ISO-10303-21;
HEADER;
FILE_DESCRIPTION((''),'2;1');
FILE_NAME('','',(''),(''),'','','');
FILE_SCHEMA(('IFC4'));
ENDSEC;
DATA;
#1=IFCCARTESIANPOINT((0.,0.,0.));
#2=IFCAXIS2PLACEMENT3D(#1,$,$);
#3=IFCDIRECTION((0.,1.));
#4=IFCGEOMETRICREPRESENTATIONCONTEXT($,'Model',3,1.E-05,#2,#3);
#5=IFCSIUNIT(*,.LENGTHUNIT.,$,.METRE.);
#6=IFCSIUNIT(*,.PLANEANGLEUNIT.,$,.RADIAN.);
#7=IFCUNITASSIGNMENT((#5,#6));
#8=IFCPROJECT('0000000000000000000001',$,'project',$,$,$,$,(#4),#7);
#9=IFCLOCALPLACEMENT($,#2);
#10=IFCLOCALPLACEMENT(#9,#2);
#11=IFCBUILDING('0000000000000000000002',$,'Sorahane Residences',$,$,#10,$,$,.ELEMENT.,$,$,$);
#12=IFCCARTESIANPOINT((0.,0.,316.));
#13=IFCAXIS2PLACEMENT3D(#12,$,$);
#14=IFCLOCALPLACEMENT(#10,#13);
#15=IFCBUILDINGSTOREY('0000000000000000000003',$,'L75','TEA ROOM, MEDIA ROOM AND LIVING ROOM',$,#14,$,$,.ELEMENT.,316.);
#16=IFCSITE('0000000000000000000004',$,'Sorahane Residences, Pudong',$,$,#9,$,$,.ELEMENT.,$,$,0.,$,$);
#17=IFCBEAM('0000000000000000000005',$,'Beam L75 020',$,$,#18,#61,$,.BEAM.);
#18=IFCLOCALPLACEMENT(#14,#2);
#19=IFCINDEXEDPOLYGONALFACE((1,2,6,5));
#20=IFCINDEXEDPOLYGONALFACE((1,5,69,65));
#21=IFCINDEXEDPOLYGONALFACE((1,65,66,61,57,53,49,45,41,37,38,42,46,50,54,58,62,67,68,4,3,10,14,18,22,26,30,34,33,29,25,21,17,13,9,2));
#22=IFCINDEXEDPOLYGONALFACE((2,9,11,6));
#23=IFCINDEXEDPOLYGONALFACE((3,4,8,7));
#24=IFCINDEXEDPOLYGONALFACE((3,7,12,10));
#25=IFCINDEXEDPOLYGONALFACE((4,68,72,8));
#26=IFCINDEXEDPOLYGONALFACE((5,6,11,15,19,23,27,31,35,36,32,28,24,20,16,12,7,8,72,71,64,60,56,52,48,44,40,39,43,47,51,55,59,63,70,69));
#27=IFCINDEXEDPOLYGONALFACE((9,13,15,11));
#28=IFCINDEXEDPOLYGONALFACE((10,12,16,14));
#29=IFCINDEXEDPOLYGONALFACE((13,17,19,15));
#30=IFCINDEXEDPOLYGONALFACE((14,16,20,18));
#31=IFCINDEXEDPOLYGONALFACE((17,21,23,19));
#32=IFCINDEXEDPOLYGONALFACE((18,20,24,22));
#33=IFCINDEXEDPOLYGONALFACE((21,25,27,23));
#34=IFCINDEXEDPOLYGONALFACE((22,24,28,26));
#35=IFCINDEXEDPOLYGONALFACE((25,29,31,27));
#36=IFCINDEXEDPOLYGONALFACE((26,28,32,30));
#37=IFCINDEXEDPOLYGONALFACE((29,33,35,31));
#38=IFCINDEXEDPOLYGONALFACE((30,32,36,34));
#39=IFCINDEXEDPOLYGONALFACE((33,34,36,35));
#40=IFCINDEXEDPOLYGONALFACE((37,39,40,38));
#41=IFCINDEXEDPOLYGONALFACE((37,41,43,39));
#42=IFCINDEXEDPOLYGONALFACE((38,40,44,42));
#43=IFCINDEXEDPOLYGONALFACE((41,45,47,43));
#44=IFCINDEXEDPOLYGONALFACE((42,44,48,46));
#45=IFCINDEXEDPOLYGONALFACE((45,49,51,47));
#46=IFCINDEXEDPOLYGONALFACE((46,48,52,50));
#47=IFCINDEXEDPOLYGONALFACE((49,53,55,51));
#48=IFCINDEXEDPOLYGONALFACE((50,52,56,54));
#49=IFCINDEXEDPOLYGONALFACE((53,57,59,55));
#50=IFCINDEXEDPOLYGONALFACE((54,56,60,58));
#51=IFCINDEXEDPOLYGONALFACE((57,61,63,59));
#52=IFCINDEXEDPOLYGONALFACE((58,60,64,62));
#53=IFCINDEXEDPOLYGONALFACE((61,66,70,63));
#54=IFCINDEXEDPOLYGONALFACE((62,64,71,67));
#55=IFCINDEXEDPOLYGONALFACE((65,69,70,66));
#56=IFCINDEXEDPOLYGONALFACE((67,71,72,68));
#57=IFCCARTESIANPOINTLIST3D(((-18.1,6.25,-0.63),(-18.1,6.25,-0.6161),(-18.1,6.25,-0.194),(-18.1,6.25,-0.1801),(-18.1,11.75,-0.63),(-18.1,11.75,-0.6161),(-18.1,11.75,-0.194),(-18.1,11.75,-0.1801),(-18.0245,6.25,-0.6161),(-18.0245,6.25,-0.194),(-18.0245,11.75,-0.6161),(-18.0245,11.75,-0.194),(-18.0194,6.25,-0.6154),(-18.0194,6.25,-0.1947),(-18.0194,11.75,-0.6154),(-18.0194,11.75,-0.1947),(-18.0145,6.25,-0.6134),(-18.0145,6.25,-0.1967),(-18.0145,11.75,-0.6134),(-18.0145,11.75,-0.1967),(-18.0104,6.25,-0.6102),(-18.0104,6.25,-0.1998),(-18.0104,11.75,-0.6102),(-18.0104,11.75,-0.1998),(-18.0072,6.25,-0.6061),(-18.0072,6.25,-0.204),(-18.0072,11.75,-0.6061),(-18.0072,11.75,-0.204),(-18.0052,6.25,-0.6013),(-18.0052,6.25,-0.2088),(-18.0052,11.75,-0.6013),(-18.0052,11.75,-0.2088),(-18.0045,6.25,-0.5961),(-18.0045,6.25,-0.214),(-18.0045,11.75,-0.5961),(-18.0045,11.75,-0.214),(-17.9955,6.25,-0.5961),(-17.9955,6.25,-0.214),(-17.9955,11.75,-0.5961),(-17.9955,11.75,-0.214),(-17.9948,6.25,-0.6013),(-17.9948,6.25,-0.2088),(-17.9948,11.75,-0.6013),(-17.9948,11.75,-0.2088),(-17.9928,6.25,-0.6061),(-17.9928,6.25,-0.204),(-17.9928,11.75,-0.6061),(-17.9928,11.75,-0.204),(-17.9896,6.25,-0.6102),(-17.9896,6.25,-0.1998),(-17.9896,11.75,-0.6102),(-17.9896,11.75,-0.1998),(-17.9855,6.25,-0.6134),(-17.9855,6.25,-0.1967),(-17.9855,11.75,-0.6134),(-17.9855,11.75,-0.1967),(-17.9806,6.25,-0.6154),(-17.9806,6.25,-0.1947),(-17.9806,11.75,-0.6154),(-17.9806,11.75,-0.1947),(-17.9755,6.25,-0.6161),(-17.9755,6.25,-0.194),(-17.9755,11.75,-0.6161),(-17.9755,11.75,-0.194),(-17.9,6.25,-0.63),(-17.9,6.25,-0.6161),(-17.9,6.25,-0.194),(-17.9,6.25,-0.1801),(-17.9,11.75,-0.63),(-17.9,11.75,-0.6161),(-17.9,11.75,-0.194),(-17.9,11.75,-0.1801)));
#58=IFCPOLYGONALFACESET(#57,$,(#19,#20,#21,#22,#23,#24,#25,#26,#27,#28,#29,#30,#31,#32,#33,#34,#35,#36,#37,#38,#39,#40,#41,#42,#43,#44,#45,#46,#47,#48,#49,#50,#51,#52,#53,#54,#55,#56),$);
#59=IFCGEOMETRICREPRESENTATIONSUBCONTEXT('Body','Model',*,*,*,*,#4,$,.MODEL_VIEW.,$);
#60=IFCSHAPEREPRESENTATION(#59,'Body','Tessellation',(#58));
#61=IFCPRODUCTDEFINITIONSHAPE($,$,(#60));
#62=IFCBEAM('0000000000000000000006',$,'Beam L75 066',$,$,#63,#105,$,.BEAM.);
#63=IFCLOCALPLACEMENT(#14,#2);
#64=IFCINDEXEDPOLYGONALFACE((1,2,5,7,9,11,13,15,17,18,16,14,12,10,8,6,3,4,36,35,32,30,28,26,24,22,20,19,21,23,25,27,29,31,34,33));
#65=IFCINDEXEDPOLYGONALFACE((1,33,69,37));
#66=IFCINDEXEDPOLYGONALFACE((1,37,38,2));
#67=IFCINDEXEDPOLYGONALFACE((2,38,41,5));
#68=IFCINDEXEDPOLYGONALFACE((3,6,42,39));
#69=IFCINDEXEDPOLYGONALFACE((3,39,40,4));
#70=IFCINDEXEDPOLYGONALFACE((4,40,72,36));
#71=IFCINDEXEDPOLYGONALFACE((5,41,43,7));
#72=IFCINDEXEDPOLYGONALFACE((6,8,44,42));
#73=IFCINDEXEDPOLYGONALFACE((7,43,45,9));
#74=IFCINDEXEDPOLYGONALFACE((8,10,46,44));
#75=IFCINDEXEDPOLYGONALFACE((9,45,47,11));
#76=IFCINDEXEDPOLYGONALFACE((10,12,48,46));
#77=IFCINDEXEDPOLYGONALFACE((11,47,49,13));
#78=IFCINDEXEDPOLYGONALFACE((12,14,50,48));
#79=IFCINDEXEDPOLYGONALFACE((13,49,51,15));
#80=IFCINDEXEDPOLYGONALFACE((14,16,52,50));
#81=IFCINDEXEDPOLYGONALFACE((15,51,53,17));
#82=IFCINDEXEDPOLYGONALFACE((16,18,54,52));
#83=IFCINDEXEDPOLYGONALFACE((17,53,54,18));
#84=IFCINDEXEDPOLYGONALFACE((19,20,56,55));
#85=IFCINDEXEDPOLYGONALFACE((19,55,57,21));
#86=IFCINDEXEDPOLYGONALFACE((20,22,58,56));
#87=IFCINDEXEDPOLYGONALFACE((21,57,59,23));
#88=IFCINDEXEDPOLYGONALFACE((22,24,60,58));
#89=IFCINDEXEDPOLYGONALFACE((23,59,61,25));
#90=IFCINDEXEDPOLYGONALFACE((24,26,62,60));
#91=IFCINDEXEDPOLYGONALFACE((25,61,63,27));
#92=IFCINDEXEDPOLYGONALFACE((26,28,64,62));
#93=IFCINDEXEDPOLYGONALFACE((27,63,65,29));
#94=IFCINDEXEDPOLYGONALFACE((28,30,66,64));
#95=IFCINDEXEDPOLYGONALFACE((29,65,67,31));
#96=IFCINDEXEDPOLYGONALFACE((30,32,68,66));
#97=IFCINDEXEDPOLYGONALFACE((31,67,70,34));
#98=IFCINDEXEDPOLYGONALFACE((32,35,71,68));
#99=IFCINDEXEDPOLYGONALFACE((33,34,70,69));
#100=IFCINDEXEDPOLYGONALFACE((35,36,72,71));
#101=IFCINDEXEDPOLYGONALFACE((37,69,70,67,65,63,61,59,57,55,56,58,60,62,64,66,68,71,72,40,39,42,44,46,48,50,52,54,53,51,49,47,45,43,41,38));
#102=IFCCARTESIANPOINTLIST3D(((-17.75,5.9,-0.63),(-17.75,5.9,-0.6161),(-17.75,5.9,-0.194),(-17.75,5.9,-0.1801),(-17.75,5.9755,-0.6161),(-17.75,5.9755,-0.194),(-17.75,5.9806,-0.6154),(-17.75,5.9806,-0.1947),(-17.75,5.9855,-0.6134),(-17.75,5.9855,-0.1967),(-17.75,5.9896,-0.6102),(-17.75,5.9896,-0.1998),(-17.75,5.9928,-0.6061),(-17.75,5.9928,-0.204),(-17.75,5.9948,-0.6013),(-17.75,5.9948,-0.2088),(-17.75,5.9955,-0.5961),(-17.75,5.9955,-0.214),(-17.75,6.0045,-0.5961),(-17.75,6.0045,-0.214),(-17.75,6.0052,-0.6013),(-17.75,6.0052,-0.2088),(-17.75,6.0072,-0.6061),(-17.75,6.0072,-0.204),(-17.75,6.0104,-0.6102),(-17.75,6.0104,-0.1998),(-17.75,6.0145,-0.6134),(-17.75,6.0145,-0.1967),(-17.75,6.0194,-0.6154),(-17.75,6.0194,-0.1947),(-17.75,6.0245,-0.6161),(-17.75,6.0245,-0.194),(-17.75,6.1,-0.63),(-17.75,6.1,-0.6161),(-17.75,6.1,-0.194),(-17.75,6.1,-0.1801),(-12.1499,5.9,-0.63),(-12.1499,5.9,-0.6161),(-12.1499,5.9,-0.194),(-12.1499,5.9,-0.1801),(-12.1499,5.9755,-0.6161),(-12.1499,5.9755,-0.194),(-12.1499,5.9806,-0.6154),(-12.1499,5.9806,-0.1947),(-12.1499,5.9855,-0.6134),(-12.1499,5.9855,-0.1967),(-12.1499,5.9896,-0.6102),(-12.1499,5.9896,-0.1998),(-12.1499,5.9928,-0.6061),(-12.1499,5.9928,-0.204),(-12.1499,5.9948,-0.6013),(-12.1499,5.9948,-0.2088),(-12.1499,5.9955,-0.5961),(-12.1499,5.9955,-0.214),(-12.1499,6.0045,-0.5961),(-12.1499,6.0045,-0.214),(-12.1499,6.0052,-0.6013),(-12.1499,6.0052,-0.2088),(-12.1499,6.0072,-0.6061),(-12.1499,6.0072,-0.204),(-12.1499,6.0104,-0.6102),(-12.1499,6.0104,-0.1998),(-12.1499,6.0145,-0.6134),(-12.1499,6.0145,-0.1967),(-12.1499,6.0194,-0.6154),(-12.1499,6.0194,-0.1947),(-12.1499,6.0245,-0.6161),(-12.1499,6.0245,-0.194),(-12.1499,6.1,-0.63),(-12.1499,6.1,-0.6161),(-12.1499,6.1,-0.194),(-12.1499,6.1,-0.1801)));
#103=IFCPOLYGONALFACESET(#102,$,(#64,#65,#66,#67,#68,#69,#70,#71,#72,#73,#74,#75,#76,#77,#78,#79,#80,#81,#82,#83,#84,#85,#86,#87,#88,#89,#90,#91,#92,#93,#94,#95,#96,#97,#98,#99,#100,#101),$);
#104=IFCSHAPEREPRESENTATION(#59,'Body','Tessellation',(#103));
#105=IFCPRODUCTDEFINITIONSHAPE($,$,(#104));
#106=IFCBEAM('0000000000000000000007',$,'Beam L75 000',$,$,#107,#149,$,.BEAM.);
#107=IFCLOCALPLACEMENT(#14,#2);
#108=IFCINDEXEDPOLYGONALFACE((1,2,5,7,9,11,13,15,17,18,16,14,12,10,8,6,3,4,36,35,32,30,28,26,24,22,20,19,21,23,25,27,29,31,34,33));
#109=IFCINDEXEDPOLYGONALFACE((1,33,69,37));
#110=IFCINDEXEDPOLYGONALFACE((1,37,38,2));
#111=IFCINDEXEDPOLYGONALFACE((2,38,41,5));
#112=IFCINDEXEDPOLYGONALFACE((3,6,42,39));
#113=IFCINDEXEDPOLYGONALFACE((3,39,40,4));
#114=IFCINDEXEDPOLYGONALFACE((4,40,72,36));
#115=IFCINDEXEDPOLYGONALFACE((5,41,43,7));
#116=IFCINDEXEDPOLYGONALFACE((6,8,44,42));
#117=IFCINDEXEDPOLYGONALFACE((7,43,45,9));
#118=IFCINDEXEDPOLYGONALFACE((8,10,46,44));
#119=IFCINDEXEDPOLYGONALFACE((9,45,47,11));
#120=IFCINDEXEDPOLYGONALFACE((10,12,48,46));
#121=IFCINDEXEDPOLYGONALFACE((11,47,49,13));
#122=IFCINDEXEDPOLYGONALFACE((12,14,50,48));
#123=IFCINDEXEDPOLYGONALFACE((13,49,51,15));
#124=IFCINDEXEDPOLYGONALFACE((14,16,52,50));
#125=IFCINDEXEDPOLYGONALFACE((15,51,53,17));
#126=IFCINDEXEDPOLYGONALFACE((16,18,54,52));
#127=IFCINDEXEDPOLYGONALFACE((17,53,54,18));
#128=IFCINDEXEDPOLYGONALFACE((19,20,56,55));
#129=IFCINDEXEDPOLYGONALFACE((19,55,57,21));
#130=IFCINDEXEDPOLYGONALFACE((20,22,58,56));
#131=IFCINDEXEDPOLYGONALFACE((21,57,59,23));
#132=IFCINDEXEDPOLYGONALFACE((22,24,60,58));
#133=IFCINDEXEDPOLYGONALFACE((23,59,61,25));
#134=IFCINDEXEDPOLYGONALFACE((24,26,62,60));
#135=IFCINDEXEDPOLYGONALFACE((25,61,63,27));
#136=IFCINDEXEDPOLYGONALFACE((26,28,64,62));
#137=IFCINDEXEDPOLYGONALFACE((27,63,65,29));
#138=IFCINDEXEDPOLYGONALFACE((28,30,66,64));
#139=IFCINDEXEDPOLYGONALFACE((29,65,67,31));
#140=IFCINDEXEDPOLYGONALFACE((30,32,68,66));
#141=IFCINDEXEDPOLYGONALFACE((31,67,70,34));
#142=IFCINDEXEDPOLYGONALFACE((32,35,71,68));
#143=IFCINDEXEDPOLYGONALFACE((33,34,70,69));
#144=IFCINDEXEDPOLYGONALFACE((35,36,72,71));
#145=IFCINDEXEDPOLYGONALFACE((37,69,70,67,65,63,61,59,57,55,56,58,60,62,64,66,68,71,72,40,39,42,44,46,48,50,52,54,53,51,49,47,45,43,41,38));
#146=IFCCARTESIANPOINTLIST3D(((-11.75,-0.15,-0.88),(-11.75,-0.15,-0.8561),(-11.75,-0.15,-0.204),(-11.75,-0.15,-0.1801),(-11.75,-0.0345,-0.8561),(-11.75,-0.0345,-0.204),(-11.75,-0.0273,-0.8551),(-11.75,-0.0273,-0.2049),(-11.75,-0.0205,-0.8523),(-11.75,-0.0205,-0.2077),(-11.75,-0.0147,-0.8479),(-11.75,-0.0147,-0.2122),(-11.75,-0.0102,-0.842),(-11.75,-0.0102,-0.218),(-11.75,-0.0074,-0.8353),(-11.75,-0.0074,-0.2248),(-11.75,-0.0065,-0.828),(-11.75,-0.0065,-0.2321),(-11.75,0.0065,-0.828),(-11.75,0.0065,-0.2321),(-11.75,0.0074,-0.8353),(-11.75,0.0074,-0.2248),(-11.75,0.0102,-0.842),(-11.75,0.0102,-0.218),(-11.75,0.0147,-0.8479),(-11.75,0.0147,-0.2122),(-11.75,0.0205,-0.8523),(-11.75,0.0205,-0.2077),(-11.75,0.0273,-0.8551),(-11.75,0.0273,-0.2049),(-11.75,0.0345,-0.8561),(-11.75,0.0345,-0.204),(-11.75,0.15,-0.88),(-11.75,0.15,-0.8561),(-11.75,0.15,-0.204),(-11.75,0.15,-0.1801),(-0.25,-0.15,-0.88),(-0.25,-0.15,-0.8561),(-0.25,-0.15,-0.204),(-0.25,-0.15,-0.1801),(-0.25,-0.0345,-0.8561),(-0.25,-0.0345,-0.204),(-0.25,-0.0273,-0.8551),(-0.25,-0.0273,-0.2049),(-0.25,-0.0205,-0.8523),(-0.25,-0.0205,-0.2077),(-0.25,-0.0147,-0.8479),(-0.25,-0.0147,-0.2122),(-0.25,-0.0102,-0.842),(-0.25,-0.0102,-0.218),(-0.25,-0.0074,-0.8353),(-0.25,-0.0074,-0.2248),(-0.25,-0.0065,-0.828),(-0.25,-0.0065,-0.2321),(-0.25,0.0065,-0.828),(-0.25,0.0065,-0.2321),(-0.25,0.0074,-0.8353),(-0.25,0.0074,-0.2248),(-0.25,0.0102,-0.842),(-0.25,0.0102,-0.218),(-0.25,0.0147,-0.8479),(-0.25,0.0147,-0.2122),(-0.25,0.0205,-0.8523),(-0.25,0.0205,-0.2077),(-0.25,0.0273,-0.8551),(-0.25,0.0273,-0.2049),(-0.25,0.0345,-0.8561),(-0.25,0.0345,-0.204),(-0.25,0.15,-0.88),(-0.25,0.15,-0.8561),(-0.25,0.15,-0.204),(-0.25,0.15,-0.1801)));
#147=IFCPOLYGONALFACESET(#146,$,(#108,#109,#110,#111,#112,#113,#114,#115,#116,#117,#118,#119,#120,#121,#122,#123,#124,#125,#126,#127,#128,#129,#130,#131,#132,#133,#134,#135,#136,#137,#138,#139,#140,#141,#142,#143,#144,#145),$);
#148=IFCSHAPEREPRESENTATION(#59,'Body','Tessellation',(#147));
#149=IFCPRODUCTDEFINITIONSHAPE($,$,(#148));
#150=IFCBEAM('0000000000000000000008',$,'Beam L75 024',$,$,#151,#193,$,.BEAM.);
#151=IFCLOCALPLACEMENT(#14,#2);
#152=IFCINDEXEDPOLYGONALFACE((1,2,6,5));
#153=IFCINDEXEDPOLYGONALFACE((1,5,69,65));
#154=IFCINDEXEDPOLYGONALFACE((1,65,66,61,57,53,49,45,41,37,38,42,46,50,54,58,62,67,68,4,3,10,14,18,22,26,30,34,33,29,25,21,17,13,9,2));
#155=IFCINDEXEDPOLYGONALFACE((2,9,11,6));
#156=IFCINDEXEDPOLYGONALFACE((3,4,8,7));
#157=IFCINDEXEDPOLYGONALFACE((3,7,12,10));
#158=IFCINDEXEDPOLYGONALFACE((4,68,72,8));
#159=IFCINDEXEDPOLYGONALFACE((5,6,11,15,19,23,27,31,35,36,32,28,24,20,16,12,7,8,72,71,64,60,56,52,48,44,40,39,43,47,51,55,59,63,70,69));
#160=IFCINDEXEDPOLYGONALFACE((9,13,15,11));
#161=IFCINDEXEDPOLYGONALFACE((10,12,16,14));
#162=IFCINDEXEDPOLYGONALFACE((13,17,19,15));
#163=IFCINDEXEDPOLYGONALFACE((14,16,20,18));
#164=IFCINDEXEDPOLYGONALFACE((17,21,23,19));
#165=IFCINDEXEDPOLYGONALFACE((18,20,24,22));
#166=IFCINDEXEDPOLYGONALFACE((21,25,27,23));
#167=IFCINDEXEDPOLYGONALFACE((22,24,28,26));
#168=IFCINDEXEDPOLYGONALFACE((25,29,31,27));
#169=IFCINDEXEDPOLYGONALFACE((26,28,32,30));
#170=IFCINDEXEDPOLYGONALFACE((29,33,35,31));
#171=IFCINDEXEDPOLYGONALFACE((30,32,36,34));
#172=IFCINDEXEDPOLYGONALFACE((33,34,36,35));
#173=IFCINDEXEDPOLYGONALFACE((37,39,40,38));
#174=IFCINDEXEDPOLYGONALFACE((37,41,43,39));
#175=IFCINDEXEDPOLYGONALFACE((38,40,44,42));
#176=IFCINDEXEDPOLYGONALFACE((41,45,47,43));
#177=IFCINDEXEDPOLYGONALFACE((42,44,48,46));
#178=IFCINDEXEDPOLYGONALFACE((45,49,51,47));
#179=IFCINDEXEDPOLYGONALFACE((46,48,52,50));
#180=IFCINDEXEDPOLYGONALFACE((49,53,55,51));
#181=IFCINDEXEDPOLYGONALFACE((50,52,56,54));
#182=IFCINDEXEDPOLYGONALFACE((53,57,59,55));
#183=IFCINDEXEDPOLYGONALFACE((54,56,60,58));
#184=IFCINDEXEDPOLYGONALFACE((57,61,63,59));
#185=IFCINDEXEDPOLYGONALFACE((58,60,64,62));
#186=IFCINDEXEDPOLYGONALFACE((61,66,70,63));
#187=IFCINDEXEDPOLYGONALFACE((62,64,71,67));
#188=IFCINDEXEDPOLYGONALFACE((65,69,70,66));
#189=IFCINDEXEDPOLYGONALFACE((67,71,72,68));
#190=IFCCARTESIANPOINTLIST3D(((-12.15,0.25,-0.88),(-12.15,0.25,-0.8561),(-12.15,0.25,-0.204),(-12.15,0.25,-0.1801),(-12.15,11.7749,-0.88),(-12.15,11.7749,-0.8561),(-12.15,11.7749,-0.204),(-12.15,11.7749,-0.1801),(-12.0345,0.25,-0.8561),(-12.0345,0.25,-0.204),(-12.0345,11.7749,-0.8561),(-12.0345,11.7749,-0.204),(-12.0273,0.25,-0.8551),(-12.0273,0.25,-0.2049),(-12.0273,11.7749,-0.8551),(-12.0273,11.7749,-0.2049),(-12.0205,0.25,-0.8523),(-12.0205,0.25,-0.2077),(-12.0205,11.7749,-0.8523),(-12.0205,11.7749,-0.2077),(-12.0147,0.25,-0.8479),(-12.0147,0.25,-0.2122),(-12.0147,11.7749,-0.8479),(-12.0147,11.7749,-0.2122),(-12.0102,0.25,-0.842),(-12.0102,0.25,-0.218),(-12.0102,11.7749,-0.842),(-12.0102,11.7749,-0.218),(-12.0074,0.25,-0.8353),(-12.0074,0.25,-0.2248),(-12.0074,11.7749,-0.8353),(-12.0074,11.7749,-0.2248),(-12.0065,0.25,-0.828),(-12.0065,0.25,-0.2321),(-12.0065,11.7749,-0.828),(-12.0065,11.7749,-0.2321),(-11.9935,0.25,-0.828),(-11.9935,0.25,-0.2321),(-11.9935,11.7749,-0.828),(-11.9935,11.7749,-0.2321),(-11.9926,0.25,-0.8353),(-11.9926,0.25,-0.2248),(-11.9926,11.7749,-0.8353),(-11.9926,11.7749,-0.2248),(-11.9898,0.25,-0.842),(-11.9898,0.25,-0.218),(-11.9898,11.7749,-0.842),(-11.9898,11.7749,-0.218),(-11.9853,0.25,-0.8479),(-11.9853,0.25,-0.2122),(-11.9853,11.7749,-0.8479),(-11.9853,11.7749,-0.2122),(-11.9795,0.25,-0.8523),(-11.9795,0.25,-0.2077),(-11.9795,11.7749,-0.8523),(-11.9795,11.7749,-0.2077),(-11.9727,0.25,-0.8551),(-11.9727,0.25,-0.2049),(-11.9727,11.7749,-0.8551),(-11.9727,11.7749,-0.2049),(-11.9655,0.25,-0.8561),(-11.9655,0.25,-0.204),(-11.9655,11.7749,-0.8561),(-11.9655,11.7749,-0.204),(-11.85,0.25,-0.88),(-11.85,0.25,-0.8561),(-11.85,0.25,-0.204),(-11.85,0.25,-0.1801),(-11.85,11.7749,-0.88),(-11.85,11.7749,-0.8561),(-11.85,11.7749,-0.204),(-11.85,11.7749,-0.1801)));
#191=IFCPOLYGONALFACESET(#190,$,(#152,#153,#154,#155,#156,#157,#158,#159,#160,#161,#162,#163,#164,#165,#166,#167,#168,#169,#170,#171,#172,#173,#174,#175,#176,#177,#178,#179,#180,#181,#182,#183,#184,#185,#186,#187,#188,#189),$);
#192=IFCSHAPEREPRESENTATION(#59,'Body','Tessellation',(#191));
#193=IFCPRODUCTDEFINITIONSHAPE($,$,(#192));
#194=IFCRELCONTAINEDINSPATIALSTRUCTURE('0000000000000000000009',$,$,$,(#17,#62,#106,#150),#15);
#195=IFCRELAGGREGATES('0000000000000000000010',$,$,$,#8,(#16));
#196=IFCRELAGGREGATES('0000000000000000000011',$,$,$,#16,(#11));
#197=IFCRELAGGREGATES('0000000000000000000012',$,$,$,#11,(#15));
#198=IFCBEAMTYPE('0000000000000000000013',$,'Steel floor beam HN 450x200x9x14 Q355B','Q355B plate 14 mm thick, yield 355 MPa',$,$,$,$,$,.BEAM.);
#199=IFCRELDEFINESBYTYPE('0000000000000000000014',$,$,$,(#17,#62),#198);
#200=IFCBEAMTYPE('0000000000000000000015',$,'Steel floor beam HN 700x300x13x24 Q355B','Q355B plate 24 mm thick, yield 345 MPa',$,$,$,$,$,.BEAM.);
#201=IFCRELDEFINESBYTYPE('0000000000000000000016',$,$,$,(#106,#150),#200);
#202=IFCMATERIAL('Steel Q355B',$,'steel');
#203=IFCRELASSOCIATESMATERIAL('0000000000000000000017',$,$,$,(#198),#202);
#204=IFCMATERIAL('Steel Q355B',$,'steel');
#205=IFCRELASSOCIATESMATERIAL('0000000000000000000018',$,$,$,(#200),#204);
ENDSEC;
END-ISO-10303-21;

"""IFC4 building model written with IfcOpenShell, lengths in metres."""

from ifc_helpers import new_model, si_unit, direction, frame, origin, origin_2d, place, context, subcontext, project, spatial, i_section, extrude, material, material_profile, profile_set, type_object, element, save


model = new_model("IFC4")

# Units and contexts
model_context = context("Model", 3, precision=1e-05, world=origin(), true_north=direction((0.0, 1.0)))
body_context = subcontext(model_context, "Body", "Model", "MODEL_VIEW")
ifc_project = project(units=[si_unit("LENGTHUNIT", "METRE"), si_unit("PLANEANGLEUNIT", "RADIAN")], contexts=[model_context])

# Site, building, storey
site_placement = place(None, origin())
site = spatial("IfcSite", under=ifc_project, at=site_placement, Name="Sorahane Residences, Pudong", CompositionType="ELEMENT", RefElevation=0.0)
building_placement = place(site_placement, origin())
building = spatial("IfcBuilding", under=site, at=building_placement, Name="Sorahane Residences", CompositionType="ELEMENT")
storey_placement = place(building_placement, frame((0.0, 0.0, 316.0)))
storey = spatial("IfcBuildingStorey", under=building, at=storey_placement, Name="L75", Description="TEA ROOM, MEDIA ROOM AND LIVING ROOM", CompositionType="ELEMENT", Elevation=316.0)

# Beams
ifc_material_1 = material(Name="Steel Q355B", Category="steel")
ifc_material_profile_1 = material_profile(ifc_material_1, i_section(OverallWidth=0.2, OverallDepth=0.45, WebThickness=0.009, FlangeThickness=0.0139, FilletRadius=0.02, at=origin_2d()), Name="HN 450x200x9x14")
ifc_profile_set_1 = profile_set([ifc_material_profile_1], Name="Steel Q355B")
beam_type_1 = type_object("IfcBeamType", Name="Steel floor beam HN 450x200x9x14 Q355B", Description="Q355B plate 14 mm thick, yield 355 MPa", PredefinedType="BEAM", material=ifc_profile_set_1)
beam_1_placement = place(storey_placement, frame((-18.0, 6.25, -0.405), z_axis=(0.0, 1.0, 0.0), x_axis=(-1.0, 0.0, 0.0)))
element("IfcBeam", 1, at=beam_1_placement, inside=storey, type_object=beam_type_1, Name="Beam L75 020", PredefinedType="BEAM", context=body_context, shape_type="SweptSolid", body=[
    extrude(i_section(OverallWidth=0.2, OverallDepth=0.45, WebThickness=0.009, FlangeThickness=0.0139, FilletRadius=0.02, at=origin_2d()), origin(), (0.0, 0.0, 1.0), 5.5),
])
beam_2_placement = place(storey_placement, frame((-17.75, 6.0, -0.405), z_axis=(1.0, 0.0, 0.0), x_axis=(0.0, 1.0, 0.0)))
element("IfcBeam", 2, at=beam_2_placement, inside=storey, type_object=beam_type_1, Name="Beam L75 066", PredefinedType="BEAM", context=body_context, shape_type="SweptSolid", body=[
    extrude(i_section(OverallWidth=0.2, OverallDepth=0.45, WebThickness=0.009, FlangeThickness=0.0139, FilletRadius=0.02, at=origin_2d()), origin(), (0.0, 0.0, 1.0), 5.6001),
])
ifc_material_2 = material(Name="Steel Q355B", Category="steel")
ifc_material_profile_2 = material_profile(ifc_material_2, i_section(OverallWidth=0.3, OverallDepth=0.7, WebThickness=0.0129, FlangeThickness=0.0239, FilletRadius=0.0281, at=origin_2d()), Name="HN 700x300x13x24")
ifc_profile_set_2 = profile_set([ifc_material_profile_2], Name="Steel Q355B")
beam_type_2 = type_object("IfcBeamType", Name="Steel floor beam HN 700x300x13x24 Q355B", Description="Q355B plate 24 mm thick, yield 345 MPa", PredefinedType="BEAM", material=ifc_profile_set_2)
beam_3_placement = place(storey_placement, frame((-11.75, 0.0, -0.53), z_axis=(1.0, 0.0, 0.0), x_axis=(0.0, 1.0, 0.0)))
element("IfcBeam", 3, at=beam_3_placement, inside=storey, type_object=beam_type_2, Name="Beam L75 000", PredefinedType="BEAM", context=body_context, shape_type="SweptSolid", body=[
    extrude(i_section(OverallWidth=0.3, OverallDepth=0.7, WebThickness=0.0129, FlangeThickness=0.0239, FilletRadius=0.0281, at=origin_2d()), origin(), (0.0, 0.0, 1.0), 11.5),
])
beam_4_placement = place(storey_placement, frame((-12.0, 0.25, -0.53), z_axis=(0.0, 1.0, 0.0), x_axis=(-1.0, 0.0, 0.0)))
element("IfcBeam", 4, at=beam_4_placement, inside=storey, type_object=beam_type_2, Name="Beam L75 024", PredefinedType="BEAM", context=body_context, shape_type="SweptSolid", body=[
    extrude(i_section(OverallWidth=0.3, OverallDepth=0.7, WebThickness=0.0129, FlangeThickness=0.0239, FilletRadius=0.0281, at=origin_2d()), origin(), (0.0, 0.0, 1.0), 11.5249),
])

save(model, "model.ifc")
